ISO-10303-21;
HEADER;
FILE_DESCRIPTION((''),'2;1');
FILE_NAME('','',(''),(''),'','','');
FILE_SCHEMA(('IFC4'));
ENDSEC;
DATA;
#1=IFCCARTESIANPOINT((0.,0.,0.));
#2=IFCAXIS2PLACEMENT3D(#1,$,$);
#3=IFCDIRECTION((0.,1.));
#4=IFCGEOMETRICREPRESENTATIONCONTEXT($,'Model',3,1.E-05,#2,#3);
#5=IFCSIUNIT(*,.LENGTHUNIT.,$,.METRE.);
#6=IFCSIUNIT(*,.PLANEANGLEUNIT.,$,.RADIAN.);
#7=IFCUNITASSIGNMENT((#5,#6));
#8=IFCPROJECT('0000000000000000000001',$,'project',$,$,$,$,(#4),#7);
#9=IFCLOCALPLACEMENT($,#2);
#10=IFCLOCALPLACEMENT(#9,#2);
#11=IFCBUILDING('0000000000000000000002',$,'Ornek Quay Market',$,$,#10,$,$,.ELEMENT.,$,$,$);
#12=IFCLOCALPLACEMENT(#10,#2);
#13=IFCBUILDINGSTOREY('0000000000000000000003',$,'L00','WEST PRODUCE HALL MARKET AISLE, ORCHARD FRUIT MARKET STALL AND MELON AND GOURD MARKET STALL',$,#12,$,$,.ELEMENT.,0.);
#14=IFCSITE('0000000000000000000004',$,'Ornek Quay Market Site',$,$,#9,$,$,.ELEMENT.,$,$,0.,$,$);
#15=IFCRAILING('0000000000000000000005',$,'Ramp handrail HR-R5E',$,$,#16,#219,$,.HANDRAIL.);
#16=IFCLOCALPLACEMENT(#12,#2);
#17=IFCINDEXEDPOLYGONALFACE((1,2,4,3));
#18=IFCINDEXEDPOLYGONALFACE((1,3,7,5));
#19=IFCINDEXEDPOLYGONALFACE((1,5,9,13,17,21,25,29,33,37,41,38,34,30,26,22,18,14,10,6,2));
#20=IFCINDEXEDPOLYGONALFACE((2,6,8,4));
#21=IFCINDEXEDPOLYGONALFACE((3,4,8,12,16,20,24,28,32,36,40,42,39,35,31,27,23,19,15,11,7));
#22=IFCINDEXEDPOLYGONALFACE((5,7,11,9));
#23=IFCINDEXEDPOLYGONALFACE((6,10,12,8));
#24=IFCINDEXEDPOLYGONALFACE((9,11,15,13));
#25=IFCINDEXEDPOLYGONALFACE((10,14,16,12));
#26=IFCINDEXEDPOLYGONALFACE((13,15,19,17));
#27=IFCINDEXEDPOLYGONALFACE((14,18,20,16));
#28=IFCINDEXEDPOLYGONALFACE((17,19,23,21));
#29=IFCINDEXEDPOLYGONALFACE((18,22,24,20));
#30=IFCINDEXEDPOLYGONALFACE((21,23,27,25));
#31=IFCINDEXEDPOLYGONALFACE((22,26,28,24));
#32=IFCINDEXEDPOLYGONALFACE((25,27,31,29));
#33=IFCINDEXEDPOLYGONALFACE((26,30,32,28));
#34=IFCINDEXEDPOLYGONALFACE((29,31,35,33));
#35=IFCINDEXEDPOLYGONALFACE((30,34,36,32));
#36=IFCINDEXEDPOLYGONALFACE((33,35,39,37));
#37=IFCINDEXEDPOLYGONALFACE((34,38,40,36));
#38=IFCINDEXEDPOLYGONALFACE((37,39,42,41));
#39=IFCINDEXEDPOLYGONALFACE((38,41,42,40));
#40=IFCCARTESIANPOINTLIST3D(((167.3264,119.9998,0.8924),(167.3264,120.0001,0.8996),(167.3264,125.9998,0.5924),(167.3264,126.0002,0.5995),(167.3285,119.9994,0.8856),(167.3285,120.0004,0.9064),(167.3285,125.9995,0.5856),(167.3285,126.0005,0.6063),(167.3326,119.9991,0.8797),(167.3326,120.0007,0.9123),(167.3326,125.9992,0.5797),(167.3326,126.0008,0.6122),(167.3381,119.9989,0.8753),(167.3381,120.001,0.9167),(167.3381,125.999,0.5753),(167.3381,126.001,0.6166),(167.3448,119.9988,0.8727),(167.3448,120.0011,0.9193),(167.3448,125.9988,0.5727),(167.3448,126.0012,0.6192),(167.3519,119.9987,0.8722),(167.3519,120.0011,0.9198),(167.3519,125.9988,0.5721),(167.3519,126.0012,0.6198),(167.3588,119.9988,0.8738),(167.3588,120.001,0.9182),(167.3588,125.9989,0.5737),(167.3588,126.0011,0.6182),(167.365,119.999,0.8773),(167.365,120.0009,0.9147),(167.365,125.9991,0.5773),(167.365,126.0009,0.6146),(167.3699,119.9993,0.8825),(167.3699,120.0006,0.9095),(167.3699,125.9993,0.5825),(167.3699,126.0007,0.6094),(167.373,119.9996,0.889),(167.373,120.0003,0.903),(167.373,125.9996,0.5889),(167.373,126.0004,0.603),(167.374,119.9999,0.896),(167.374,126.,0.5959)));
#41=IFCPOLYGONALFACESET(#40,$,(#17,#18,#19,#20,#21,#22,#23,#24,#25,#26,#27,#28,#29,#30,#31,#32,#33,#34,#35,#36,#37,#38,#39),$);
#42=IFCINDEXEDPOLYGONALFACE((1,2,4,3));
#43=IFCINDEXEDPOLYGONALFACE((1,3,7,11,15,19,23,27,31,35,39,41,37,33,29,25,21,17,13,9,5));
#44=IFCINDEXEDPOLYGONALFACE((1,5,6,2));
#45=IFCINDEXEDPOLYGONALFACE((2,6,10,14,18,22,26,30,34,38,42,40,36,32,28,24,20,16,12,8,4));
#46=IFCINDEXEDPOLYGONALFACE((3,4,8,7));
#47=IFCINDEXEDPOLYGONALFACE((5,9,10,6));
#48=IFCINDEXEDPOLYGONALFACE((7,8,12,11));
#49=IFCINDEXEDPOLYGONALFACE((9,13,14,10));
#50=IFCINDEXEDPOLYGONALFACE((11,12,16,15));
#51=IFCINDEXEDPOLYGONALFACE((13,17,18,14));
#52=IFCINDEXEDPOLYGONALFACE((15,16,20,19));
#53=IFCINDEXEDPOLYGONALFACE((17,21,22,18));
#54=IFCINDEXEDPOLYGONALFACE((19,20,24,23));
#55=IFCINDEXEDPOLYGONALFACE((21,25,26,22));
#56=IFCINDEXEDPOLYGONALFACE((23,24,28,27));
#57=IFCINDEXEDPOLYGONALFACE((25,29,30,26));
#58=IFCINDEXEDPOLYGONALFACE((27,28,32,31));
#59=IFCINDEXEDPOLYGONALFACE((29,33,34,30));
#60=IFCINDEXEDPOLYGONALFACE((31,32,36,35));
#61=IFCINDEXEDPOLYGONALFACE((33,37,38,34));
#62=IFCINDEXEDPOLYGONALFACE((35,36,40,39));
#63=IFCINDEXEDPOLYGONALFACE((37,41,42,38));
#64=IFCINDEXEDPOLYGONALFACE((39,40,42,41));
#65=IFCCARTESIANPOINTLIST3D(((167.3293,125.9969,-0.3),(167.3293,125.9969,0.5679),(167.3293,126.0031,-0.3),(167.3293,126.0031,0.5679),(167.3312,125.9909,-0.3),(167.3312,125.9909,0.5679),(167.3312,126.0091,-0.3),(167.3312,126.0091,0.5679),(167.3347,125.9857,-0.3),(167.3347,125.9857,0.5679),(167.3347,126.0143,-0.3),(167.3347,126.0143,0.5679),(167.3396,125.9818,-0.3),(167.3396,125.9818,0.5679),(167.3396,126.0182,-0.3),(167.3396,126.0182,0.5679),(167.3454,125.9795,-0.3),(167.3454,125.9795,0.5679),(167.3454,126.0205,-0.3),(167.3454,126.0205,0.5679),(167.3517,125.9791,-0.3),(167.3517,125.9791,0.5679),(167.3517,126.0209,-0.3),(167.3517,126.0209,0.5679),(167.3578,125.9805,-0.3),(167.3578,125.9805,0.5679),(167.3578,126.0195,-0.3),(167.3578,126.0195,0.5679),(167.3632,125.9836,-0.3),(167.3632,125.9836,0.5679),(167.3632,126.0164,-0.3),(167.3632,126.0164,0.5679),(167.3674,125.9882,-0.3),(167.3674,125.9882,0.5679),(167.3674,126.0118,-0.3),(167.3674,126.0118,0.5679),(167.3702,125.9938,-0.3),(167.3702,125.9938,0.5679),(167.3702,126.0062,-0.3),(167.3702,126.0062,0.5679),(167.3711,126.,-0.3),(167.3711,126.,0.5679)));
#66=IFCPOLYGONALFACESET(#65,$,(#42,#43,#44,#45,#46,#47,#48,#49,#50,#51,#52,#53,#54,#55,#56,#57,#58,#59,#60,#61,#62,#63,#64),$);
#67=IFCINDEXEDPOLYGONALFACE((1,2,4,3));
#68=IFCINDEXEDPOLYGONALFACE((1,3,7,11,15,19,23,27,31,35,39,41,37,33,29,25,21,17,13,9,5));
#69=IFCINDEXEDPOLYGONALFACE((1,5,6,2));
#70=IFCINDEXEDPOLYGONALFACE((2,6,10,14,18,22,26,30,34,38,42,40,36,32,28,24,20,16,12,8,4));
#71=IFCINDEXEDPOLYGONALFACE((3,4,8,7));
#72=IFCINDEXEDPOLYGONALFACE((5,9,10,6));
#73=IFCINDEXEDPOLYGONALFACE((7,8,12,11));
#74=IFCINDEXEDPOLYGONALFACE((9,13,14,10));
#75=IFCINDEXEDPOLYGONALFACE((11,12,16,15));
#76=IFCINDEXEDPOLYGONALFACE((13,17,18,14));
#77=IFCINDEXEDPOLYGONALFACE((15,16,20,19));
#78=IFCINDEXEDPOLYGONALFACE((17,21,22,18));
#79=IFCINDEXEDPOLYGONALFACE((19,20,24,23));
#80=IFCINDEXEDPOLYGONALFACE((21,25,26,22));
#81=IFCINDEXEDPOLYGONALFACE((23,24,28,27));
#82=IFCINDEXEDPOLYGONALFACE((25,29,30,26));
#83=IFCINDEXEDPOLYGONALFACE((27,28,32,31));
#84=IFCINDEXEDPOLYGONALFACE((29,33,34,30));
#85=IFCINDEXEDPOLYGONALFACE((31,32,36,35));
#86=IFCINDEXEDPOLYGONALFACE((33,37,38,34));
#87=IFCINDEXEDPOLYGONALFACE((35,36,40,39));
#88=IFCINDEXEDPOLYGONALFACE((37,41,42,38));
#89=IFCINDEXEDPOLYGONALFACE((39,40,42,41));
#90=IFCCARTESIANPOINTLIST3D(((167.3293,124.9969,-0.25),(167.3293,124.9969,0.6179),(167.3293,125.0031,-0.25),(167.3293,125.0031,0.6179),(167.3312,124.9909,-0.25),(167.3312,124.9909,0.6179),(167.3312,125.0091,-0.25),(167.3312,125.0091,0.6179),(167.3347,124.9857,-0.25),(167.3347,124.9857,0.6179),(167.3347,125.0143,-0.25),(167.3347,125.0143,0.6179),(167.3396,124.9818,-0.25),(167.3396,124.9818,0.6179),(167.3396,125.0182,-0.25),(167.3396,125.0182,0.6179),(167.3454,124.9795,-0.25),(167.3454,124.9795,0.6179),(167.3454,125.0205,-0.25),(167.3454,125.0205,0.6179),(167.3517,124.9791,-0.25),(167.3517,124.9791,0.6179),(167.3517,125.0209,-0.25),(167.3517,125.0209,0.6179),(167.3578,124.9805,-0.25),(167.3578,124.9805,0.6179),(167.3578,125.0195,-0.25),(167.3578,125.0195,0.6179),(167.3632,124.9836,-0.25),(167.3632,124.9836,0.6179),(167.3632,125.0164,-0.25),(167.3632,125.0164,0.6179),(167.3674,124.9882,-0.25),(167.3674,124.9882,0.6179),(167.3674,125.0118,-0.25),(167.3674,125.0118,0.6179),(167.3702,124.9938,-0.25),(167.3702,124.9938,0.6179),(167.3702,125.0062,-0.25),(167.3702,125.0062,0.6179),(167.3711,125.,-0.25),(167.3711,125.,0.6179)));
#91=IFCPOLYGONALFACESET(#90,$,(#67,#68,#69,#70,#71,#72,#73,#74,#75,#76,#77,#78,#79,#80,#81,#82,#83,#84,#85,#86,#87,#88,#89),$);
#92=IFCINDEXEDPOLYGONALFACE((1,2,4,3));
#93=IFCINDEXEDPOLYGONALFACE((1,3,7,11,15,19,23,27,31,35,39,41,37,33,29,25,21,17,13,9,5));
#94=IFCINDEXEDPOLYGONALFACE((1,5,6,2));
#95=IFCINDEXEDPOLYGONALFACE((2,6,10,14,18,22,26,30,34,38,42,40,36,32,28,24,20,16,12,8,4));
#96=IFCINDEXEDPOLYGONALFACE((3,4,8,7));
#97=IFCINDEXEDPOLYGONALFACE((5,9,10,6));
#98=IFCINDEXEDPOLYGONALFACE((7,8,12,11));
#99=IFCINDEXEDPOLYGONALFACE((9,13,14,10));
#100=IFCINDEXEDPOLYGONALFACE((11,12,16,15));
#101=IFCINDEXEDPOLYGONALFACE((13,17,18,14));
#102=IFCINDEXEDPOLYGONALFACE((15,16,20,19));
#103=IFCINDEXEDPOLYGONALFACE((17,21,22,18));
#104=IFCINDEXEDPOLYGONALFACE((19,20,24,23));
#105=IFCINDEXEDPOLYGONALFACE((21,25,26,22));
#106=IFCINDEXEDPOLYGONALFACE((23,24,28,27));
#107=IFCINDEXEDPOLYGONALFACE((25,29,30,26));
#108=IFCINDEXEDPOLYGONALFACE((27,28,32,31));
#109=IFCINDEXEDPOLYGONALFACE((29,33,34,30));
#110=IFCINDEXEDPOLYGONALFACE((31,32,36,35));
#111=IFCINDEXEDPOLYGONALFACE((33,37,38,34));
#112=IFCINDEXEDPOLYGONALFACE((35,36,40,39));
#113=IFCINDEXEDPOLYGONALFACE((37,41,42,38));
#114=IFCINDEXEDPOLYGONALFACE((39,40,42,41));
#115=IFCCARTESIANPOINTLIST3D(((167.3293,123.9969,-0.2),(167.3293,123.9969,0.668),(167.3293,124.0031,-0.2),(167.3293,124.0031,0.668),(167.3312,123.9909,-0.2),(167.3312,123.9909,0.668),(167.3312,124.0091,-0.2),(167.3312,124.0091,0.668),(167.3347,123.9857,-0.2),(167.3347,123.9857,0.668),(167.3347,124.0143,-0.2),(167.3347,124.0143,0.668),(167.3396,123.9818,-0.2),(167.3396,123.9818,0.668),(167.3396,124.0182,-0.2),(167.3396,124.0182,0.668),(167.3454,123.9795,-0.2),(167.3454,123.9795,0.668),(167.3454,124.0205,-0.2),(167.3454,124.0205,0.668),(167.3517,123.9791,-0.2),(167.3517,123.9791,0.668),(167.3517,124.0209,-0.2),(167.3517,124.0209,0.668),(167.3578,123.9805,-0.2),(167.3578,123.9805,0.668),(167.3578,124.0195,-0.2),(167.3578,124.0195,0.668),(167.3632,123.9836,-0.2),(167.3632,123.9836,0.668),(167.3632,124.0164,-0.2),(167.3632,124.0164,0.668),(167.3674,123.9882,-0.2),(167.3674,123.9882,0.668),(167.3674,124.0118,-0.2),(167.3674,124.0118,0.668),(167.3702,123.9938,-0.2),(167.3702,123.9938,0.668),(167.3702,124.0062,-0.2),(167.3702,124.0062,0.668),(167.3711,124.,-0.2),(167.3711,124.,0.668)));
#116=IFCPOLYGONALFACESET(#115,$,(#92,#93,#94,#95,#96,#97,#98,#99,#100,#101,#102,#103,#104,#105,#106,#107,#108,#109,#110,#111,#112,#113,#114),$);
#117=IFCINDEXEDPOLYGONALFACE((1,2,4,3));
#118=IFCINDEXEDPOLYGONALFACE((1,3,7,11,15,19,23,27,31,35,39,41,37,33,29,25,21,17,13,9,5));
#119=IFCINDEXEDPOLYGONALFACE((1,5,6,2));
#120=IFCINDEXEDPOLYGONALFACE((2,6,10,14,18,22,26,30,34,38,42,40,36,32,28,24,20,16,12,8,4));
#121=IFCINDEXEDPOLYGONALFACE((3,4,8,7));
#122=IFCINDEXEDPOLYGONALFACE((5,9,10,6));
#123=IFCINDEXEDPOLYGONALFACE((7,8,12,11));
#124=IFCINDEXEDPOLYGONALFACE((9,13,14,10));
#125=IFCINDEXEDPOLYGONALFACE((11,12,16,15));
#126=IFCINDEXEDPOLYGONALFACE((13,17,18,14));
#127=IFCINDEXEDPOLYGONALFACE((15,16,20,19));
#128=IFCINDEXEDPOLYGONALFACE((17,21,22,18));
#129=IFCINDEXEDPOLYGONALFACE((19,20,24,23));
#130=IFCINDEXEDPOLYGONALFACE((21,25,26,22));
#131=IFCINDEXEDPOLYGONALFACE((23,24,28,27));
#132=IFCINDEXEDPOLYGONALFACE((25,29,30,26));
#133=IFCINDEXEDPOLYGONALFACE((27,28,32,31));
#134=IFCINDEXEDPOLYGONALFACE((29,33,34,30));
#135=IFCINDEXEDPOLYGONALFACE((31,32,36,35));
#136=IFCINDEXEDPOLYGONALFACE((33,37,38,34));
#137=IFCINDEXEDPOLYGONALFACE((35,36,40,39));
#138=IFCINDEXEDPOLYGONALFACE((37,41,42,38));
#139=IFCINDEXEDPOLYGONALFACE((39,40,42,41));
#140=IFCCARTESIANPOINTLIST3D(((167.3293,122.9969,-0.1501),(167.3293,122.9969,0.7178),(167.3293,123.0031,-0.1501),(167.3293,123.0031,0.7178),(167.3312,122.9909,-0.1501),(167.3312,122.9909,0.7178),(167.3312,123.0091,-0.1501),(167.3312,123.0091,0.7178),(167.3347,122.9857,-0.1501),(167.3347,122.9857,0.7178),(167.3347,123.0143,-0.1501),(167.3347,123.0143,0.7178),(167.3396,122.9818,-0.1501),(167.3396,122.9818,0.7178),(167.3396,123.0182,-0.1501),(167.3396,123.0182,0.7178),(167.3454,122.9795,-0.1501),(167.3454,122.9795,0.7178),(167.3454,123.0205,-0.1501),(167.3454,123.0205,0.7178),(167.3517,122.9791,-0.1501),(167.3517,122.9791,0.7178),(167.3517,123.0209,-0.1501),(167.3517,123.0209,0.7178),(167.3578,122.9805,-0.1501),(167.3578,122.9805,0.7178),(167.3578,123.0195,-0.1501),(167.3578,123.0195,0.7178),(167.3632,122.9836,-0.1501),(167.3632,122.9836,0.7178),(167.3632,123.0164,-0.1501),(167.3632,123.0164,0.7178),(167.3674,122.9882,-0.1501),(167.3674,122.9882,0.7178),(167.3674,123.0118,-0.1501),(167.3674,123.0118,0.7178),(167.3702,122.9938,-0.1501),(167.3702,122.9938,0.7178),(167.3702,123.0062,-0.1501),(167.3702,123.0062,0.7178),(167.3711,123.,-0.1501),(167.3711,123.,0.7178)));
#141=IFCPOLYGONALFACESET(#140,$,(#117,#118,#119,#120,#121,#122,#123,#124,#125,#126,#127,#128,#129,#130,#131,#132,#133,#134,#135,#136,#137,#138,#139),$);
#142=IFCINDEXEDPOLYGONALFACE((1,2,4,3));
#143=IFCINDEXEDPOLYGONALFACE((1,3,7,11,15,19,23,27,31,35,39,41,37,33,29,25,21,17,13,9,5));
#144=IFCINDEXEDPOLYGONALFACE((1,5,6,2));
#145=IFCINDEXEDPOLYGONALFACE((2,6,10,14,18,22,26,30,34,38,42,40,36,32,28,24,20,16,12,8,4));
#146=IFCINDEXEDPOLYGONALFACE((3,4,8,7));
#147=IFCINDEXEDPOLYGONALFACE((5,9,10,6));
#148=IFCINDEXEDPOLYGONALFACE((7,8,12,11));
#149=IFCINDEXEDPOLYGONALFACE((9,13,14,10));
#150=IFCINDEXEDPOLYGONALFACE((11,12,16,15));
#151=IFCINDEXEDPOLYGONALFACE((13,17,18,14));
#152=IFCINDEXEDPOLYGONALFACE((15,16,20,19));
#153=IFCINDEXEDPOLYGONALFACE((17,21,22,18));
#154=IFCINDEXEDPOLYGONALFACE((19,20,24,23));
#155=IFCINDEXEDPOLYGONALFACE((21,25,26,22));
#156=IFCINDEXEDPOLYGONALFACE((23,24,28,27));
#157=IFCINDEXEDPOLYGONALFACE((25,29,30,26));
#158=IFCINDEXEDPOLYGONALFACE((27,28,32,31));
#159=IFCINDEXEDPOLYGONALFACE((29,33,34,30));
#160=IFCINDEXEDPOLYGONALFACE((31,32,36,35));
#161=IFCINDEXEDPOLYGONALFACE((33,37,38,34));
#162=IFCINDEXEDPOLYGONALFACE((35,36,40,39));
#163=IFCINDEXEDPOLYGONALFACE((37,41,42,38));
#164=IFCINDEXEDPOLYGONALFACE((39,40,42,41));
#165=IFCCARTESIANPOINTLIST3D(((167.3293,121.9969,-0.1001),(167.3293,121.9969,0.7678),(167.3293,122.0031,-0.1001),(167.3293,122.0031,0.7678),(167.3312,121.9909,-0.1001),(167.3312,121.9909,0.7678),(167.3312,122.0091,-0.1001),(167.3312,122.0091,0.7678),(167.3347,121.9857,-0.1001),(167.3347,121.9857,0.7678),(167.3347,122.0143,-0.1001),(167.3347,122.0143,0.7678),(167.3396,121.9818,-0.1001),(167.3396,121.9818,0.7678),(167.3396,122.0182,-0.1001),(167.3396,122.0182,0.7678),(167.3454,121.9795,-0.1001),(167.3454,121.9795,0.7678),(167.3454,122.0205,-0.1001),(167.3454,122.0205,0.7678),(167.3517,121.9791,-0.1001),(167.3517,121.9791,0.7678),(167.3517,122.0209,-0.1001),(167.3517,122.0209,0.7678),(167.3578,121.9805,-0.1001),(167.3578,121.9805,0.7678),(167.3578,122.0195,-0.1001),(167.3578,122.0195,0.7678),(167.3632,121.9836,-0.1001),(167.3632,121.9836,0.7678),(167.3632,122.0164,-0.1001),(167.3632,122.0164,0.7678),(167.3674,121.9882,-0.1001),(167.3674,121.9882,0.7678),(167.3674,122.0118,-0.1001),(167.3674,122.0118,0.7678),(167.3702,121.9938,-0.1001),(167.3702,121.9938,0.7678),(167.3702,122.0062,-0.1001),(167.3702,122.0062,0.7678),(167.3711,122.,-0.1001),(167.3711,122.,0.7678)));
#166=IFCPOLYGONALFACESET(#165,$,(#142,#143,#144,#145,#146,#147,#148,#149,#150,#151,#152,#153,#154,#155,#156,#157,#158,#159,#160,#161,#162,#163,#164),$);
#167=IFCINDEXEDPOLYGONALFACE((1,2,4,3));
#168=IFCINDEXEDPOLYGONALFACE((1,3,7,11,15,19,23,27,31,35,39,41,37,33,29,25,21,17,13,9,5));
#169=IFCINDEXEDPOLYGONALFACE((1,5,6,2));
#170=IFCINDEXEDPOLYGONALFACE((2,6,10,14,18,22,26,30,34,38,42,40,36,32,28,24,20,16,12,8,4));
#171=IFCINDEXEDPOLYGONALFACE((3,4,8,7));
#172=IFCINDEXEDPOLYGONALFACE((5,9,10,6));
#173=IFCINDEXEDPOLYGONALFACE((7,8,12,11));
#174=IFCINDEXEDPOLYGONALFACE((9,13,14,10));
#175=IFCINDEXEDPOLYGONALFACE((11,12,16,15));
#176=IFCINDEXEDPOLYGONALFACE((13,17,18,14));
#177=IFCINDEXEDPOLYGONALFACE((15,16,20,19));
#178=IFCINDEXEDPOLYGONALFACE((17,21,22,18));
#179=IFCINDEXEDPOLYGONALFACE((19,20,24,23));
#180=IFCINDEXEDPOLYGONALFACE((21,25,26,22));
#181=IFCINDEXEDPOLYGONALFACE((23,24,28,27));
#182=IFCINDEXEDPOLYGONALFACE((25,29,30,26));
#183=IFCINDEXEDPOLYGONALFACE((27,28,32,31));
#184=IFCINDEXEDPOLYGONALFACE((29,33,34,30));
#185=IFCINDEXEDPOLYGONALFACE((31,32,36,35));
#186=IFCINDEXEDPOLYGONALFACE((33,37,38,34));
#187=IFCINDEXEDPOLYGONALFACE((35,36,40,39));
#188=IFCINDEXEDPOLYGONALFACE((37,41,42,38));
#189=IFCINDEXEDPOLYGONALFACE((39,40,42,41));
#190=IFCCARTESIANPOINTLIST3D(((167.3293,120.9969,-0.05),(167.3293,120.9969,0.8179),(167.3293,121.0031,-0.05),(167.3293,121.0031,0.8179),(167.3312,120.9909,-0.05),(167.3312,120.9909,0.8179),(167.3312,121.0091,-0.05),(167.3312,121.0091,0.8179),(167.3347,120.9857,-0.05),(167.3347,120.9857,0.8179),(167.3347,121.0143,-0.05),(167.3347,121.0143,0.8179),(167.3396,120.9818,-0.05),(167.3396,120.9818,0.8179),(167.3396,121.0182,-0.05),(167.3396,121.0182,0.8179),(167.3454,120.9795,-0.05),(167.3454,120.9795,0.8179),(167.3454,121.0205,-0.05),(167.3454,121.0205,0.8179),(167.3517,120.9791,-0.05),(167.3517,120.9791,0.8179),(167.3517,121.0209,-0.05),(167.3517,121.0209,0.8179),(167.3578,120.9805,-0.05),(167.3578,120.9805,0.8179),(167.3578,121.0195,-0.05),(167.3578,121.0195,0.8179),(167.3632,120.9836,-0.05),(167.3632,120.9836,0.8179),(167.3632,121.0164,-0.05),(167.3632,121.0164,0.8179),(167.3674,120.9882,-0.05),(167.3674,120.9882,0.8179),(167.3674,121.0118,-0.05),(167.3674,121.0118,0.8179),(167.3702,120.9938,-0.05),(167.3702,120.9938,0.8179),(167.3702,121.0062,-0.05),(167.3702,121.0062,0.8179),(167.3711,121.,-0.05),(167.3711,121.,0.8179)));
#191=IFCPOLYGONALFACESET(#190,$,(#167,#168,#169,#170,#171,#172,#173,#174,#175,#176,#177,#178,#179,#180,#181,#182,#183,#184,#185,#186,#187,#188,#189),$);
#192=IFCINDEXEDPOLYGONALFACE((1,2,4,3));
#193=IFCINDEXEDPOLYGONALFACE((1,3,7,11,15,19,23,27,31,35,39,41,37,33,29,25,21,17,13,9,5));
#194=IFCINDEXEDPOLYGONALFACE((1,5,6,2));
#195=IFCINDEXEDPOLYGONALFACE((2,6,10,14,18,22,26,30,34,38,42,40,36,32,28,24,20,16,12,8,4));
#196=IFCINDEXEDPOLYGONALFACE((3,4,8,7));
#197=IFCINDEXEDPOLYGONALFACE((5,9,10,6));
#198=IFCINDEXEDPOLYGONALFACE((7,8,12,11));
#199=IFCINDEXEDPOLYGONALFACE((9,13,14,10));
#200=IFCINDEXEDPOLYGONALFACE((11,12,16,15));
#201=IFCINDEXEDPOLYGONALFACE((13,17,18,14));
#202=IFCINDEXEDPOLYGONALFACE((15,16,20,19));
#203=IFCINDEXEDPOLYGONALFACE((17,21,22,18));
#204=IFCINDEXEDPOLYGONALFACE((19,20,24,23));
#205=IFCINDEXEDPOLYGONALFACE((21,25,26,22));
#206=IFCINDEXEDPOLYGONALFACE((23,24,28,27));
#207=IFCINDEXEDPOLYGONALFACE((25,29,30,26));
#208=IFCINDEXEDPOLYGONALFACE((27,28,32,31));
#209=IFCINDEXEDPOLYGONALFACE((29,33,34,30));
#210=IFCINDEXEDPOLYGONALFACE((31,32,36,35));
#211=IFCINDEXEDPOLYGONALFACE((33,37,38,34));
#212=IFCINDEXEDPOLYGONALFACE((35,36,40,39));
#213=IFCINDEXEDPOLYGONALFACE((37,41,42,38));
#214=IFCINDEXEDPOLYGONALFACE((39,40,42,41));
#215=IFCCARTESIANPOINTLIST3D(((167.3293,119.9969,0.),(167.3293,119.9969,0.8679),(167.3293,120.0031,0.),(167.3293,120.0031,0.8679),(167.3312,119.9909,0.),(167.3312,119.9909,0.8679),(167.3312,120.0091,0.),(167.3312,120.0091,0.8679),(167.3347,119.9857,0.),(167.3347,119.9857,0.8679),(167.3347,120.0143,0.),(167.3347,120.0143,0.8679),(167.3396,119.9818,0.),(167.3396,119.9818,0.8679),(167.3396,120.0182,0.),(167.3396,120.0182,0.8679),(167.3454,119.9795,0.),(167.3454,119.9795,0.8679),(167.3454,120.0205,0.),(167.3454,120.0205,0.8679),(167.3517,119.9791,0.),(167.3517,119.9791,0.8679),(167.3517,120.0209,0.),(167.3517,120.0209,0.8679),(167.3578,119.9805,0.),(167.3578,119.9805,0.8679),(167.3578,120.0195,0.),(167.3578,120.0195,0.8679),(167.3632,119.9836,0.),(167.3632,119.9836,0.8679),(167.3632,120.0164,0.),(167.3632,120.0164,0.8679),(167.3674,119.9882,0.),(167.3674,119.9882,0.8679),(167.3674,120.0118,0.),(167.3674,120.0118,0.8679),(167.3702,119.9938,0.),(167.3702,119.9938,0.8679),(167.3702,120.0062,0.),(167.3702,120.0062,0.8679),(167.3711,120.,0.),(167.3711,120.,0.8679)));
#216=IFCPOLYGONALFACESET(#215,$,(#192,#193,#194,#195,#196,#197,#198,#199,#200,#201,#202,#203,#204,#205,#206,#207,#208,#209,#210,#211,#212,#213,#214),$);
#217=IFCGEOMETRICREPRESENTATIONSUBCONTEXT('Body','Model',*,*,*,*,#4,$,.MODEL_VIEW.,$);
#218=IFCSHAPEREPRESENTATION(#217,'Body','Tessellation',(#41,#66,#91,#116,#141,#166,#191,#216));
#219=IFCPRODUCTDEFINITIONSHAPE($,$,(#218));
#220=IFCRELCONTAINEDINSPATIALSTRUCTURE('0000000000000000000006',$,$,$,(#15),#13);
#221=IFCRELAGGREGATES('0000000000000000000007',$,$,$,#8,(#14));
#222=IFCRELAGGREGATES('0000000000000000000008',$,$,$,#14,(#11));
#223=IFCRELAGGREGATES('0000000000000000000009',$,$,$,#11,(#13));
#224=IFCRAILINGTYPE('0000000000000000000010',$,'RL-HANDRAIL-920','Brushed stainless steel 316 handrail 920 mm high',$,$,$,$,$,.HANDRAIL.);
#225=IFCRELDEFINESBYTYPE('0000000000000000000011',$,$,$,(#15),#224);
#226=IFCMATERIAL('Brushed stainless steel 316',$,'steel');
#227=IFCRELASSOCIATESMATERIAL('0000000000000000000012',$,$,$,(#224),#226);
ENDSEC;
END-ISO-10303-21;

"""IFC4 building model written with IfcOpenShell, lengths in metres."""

from ifc_helpers import new_model, si_unit, direction, frame, origin, origin_2d, place, context, subcontext, project, spatial, circle, extrude, material, type_object, element, save


model = new_model("IFC4")

# Units and contexts
model_context = context("Model", 3, precision=1e-05, world=origin(), true_north=direction((0.0, 1.0)))
body_context = subcontext(model_context, "Body", "Model", "MODEL_VIEW")
ifc_project = project(units=[si_unit("LENGTHUNIT", "METRE"), si_unit("PLANEANGLEUNIT", "RADIAN")], contexts=[model_context])

# Site, building, storey
site_placement = place(None, origin())
site = spatial("IfcSite", under=ifc_project, at=site_placement, Name="Ornek Quay Market Site", CompositionType="ELEMENT", RefElevation=0.0)
building_placement = place(site_placement, origin())
building = spatial("IfcBuilding", under=site, at=building_placement, Name="Ornek Quay Market", CompositionType="ELEMENT")
storey_placement = place(building_placement, origin())
storey = spatial("IfcBuildingStorey", under=building, at=storey_placement, Name="L00", Description="WEST PRODUCE HALL MARKET AISLE, ORCHARD FRUIT MARKET STALL AND MELON AND GOURD MARKET STALL", CompositionType="ELEMENT", Elevation=0.0)

# Railing
ifc_material_1 = material(Name="Brushed stainless steel 316", Category="steel")
railing_type = type_object("IfcRailingType", Name="RL-HANDRAIL-920", Description="Brushed stainless steel 316 handrail 920 mm high", PredefinedType="HANDRAIL", material=ifc_material_1)
for number, where, name in (
    (1, (167.3501, 126.0, -0.3), "Ramp handrail HR-R5E"),
):
    element("IfcRailing", number, at=place(storey_placement, frame(where)), inside=storey, type_object=railing_type, Name=name, PredefinedType="HANDRAIL", context=body_context, shape_type="SweptSolid", body=[
        extrude(circle(Radius=0.0239, at=origin_2d()), frame((0.0, 0.0, 0.896), z_axis=(0.0, -0.998752, 0.049946), x_axis=(1.0, 0.0, 0.0)), (0.0, 0.0, 1.0), 6.0076),
        extrude(circle(Radius=0.021, at=origin_2d()), origin(), (0.0, 0.0, 1.0), 0.8679),
        extrude(circle(Radius=0.021, at=origin_2d()), frame((0.0, -1.0, 0.05)), (0.0, 0.0, 1.0), 0.8679),
        extrude(circle(Radius=0.021, at=origin_2d()), frame((0.0, -2.0, 0.1001)), (0.0, 0.0, 1.0), 0.8679),
        extrude(circle(Radius=0.021, at=origin_2d()), frame((0.0, -3.0, 0.1499)), (0.0, 0.0, 1.0), 0.8679),
        extrude(circle(Radius=0.021, at=origin_2d()), frame((0.0, -4.0, 0.2)), (0.0, 0.0, 1.0), 0.8679),
        extrude(circle(Radius=0.021, at=origin_2d()), frame((0.0, -5.0, 0.25)), (0.0, 0.0, 1.0), 0.8679),
        extrude(circle(Radius=0.021, at=origin_2d()), frame((0.0, -6.0, 0.3)), (0.0, 0.0, 1.0), 0.8679),
    ])

save(model, "model.ifc")
